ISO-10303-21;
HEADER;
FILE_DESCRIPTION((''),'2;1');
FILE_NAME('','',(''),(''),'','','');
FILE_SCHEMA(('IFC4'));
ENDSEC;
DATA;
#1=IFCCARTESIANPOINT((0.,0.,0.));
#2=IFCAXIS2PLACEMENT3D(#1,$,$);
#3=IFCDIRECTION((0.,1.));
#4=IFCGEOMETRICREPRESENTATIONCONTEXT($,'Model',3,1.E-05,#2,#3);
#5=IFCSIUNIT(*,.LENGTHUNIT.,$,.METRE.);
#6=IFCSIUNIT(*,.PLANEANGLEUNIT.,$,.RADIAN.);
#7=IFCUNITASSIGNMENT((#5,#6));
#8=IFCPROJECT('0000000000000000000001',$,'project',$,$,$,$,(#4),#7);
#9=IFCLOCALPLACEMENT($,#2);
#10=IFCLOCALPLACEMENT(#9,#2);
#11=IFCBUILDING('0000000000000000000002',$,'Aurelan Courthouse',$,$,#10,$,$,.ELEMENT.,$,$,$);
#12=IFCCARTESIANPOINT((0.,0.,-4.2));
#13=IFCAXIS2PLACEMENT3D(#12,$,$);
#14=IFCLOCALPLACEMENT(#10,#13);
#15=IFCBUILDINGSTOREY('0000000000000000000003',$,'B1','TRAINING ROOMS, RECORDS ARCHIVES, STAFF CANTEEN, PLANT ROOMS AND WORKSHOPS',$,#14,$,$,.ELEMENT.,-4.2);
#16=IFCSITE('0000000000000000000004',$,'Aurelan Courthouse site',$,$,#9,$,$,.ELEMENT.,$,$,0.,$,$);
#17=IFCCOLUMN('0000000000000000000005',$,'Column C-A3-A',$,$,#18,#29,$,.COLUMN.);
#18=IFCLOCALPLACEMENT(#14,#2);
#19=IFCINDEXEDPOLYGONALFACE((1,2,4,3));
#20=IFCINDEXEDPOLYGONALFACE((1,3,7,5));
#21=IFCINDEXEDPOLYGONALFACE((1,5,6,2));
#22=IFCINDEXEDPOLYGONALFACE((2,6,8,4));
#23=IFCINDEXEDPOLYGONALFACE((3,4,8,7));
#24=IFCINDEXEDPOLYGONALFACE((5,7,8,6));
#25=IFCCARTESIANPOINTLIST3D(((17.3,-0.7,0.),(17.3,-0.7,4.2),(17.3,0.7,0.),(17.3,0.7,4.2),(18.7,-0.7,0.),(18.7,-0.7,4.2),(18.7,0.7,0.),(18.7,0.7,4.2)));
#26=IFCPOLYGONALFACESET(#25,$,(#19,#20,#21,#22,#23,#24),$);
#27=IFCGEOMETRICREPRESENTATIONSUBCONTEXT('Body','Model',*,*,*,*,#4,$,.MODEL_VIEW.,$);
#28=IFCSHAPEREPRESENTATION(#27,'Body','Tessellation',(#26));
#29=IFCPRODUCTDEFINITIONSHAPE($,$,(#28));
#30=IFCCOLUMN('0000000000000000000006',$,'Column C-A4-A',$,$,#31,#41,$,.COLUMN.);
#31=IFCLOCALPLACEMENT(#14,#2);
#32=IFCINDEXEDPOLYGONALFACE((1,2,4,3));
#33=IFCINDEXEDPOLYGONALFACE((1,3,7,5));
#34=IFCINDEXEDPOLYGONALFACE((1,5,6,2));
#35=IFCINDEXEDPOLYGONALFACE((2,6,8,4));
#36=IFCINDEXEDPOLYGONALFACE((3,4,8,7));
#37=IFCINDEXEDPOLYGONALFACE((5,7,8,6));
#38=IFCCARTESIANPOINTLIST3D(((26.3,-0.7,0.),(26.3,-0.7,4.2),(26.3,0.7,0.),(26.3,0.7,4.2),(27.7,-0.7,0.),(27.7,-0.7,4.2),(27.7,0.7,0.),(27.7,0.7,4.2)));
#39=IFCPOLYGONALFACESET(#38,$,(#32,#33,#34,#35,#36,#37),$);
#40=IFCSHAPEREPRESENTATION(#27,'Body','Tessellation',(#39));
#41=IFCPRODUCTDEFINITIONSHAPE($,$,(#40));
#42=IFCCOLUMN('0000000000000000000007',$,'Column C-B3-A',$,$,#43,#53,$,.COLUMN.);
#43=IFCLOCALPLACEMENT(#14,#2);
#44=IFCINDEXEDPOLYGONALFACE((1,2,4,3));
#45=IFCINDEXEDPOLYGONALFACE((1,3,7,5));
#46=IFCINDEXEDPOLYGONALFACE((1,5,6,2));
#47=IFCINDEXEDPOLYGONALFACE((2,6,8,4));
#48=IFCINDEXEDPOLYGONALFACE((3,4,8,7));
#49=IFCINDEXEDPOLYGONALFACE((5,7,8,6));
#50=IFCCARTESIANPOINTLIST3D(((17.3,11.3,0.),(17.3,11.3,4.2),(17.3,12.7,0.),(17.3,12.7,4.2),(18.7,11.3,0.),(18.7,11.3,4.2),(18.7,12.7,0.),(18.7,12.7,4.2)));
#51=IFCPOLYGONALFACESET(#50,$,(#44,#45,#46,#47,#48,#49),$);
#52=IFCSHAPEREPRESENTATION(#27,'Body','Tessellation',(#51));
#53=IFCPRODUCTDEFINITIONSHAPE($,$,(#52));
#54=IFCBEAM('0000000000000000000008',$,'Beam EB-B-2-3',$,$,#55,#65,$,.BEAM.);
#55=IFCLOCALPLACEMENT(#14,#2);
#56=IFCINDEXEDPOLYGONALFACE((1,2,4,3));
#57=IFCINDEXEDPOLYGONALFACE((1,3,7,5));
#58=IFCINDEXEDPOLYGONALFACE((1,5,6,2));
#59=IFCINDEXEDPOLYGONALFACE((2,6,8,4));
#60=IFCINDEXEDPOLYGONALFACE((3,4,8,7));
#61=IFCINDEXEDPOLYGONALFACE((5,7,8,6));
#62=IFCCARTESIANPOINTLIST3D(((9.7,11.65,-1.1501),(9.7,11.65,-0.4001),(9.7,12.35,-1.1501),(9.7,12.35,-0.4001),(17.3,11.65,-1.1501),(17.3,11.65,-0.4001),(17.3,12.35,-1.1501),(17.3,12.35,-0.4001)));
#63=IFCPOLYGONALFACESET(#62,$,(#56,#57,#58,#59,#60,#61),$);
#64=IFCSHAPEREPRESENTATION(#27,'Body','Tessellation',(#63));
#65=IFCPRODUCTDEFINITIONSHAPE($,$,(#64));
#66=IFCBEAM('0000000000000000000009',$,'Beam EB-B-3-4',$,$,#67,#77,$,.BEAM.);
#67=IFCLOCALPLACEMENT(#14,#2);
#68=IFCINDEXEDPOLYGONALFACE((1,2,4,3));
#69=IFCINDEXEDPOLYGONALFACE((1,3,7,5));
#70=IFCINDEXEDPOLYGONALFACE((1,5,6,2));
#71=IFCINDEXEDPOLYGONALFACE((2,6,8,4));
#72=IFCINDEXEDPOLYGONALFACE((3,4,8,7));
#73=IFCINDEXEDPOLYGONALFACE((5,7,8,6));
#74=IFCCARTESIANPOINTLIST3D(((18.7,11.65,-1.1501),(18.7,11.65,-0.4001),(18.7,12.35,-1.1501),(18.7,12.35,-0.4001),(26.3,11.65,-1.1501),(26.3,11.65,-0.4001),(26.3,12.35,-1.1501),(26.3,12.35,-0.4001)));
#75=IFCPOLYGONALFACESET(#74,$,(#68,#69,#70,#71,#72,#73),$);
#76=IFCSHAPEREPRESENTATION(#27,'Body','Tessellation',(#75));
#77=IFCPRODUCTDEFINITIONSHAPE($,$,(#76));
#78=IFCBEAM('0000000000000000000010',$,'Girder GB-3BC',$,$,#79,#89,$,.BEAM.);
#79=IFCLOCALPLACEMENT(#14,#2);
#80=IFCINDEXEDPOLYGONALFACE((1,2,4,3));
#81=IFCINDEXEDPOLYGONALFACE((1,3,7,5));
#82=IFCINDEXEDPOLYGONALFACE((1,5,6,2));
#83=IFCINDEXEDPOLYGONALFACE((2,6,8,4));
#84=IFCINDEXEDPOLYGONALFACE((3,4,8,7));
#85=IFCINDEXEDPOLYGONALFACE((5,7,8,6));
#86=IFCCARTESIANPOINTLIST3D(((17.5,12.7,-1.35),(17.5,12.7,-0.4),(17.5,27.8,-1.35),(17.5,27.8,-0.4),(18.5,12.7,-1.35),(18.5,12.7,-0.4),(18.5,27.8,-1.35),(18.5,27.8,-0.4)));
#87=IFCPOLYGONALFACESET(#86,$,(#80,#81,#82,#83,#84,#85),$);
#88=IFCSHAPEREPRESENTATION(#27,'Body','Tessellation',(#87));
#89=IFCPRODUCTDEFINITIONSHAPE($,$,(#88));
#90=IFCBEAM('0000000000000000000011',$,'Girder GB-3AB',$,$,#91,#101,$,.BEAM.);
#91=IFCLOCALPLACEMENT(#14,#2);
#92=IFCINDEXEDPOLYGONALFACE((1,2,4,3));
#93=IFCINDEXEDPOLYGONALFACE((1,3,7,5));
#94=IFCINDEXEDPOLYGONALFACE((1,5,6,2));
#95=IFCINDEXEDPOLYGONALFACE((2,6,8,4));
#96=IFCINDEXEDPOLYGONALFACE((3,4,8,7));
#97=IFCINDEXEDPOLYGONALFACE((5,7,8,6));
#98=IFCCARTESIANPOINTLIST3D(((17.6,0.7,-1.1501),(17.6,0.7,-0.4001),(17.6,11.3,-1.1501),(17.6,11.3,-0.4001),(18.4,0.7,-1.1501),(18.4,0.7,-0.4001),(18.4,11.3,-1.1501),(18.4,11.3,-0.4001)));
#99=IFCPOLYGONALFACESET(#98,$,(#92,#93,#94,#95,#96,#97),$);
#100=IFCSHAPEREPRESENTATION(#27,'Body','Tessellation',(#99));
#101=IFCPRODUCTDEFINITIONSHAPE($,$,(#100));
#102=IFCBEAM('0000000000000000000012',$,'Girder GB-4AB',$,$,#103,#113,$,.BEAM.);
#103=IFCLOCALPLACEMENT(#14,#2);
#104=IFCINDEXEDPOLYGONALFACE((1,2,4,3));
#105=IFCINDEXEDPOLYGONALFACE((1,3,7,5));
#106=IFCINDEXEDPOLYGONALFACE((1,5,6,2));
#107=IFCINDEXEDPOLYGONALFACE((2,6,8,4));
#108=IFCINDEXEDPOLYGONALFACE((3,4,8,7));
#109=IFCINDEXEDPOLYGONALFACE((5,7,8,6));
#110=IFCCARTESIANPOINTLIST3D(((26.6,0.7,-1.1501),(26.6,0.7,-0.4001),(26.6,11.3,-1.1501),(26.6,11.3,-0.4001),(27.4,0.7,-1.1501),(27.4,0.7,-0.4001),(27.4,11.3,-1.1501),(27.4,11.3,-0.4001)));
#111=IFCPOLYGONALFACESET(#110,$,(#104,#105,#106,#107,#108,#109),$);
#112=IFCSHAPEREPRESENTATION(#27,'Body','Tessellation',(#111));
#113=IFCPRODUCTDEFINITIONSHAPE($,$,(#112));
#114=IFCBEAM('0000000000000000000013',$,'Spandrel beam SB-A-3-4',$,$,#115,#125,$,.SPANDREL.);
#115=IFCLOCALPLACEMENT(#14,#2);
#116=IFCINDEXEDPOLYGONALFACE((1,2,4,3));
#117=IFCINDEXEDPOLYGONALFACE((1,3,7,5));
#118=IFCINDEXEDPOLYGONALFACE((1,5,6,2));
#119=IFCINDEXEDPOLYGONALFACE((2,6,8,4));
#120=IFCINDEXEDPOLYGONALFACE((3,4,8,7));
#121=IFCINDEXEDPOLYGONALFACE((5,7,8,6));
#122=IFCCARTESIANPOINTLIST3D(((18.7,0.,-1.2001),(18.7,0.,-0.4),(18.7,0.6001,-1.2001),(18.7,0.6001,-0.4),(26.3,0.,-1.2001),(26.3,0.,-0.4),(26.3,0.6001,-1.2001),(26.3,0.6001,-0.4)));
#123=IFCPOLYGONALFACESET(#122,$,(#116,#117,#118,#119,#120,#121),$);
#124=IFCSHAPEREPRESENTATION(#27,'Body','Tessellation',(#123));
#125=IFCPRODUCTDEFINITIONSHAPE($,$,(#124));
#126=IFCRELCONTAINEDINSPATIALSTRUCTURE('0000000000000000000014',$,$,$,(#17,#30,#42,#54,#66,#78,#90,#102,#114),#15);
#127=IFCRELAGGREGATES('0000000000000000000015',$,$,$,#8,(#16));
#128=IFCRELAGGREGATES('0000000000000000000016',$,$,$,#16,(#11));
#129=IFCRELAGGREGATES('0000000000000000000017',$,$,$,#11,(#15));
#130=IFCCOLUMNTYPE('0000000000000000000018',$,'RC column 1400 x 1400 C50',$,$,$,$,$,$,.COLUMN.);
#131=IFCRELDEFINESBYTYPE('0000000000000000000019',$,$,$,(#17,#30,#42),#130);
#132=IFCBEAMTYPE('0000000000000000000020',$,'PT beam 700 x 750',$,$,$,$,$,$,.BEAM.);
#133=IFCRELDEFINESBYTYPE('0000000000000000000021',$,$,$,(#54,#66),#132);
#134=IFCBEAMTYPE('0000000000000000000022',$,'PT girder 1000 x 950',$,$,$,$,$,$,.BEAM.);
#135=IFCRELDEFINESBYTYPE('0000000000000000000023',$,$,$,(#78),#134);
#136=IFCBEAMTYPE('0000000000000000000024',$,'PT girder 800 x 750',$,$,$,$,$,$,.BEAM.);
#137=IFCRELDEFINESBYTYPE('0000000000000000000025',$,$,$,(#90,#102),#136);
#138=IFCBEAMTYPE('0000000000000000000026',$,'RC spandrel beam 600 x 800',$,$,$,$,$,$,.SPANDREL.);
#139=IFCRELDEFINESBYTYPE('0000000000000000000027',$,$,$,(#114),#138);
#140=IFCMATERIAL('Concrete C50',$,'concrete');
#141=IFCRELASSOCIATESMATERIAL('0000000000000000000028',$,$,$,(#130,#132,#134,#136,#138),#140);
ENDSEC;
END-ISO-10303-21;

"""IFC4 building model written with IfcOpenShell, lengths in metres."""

from ifc_helpers import new_model, si_unit, direction, frame, origin, origin_2d, place, context, subcontext, project, spatial, rectangle, extrude, material, material_profile, profile_set, type_object, element, save


model = new_model("IFC4")

# Units and contexts
model_context = context("Model", 3, precision=1e-05, world=origin(), true_north=direction((0.0, 1.0)))
body_context = subcontext(model_context, "Body", "Model", "MODEL_VIEW")
ifc_project = project(units=[si_unit("LENGTHUNIT", "METRE"), si_unit("PLANEANGLEUNIT", "RADIAN")], contexts=[model_context])

# Site, building, storey
site_placement = place(None, origin())
site = spatial("IfcSite", under=ifc_project, at=site_placement, Name="Aurelan Courthouse site", CompositionType="ELEMENT", RefElevation=0.0)
building_placement = place(site_placement, origin())
building = spatial("IfcBuilding", under=site, at=building_placement, Name="Aurelan Courthouse", CompositionType="ELEMENT")
storey_placement = place(building_placement, frame((0.0, 0.0, -4.2)))
storey = spatial("IfcBuildingStorey", under=building, at=storey_placement, Name="B1", Description="TRAINING ROOMS, RECORDS ARCHIVES, STAFF CANTEEN, PLANT ROOMS AND WORKSHOPS", CompositionType="ELEMENT", Elevation=-4.2)

# Columns
ifc_material_1 = material(Name="Concrete C50", Category="concrete")
ifc_material_profile_1 = material_profile(ifc_material_1, rectangle(XDim=1.3999, YDim=1.3999, at=origin_2d()), Name="RC 1400 x 1400")
ifc_profile_set_1 = profile_set([ifc_material_profile_1], Name="Concrete C50")
column_type = type_object("IfcColumnType", Name="RC column 1400 x 1400 C50", PredefinedType="COLUMN", material=ifc_profile_set_1)
for number, where, z_axis, x_axis, name in (
    (1, (18.0, 0.0, 0.0), (0.0, 0.0, 1.0), (1.0, 0.0, 0.0), "Column C-A3-A"),
    (2, (27.0, 0.0, 0.0), (0.0, 0.0, 1.0), (1.0, 0.0, 0.0), "Column C-A4-A"),
    (3, (18.0, 12.0, 0.0), (0.0, 0.0, 1.0), (1.0, 0.0, 0.0), "Column C-B3-A"),
):
    element("IfcColumn", number, at=place(storey_placement, frame(where, z_axis=z_axis, x_axis=x_axis)), inside=storey, type_object=column_type, Name=name, PredefinedType="COLUMN", context=body_context, shape_type="SweptSolid", body=[
        extrude(rectangle(XDim=1.3999, YDim=1.3999, at=origin_2d()), origin(), (0.0, 0.0, 1.0), 4.2),
    ])

# Beams
ifc_material_profile_2 = material_profile(ifc_material_1, rectangle(XDim=0.7, YDim=0.75, at=origin_2d()), Name="RC 700 x 750")
ifc_profile_set_2 = profile_set([ifc_material_profile_2], Name="Concrete C50")
beam_type_1 = type_object("IfcBeamType", Name="PT beam 700 x 750", PredefinedType="BEAM", material=ifc_profile_set_2)
for number, where, z_axis, x_axis, name in (
    (4, (9.7, 12.0, -0.7751), (1.0, 0.0, 0.0), (0.0, 1.0, 0.0), "Beam EB-B-2-3"),
    (5, (18.7, 12.0, -0.7751), (1.0, 0.0, 0.0), (0.0, 1.0, 0.0), "Beam EB-B-3-4"),
):
    element("IfcBeam", number, at=place(storey_placement, frame(where, z_axis=z_axis, x_axis=x_axis)), inside=storey, type_object=beam_type_1, Name=name, PredefinedType="BEAM", context=body_context, shape_type="SweptSolid", body=[
        extrude(rectangle(XDim=0.7, YDim=0.75, at=origin_2d()), origin(), (0.0, 0.0, 1.0), 7.6001),
    ])
ifc_material_profile_3 = material_profile(ifc_material_1, rectangle(XDim=1.0, YDim=0.95, at=origin_2d()), Name="RC 1000 x 950")
ifc_profile_set_3 = profile_set([ifc_material_profile_3], Name="Concrete C50")
beam_type_2 = type_object("IfcBeamType", Name="PT girder 1000 x 950", PredefinedType="BEAM", material=ifc_profile_set_3)
beam_1_placement = place(storey_placement, frame((18.0, 12.7, -0.875), z_axis=(0.0, 1.0, 0.0), x_axis=(-1.0, 0.0, 0.0)))
element("IfcBeam", 6, at=beam_1_placement, inside=storey, type_object=beam_type_2, Name="Girder GB-3BC", PredefinedType="BEAM", context=body_context, shape_type="SweptSolid", body=[
    extrude(rectangle(XDim=1.0, YDim=0.95, at=origin_2d()), origin(), (0.0, 0.0, 1.0), 15.1001),
])
ifc_material_profile_4 = material_profile(ifc_material_1, rectangle(XDim=0.8, YDim=0.75, at=origin_2d()), Name="RC 800 x 750")
ifc_profile_set_4 = profile_set([ifc_material_profile_4], Name="Concrete C50")
beam_type_3 = type_object("IfcBeamType", Name="PT girder 800 x 750", PredefinedType="BEAM", material=ifc_profile_set_4)
for number, where, z_axis, x_axis, name in (
    (7, (18.0, 0.7, -0.7751), (0.0, 1.0, 0.0), (-1.0, 0.0, 0.0), "Girder GB-3AB"),
    (8, (27.0, 0.7, -0.7751), (0.0, 1.0, 0.0), (-1.0, 0.0, 0.0), "Girder GB-4AB"),
):
    element("IfcBeam", number, at=place(storey_placement, frame(where, z_axis=z_axis, x_axis=x_axis)), inside=storey, type_object=beam_type_3, Name=name, PredefinedType="BEAM", context=body_context, shape_type="SweptSolid", body=[
        extrude(rectangle(XDim=0.8, YDim=0.75, at=origin_2d()), origin(), (0.0, 0.0, 1.0), 10.6001),
    ])
ifc_material_profile_5 = material_profile(ifc_material_1, rectangle(XDim=0.6001, YDim=0.8, at=origin_2d()), Name="RC 600 x 800")
ifc_profile_set_5 = profile_set([ifc_material_profile_5], Name="Concrete C50")
beam_type_4 = type_object("IfcBeamType", Name="RC spandrel beam 600 x 800", PredefinedType="SPANDREL", material=ifc_profile_set_5)
beam_2_placement = place(storey_placement, frame((18.7, 0.3, -0.8), z_axis=(1.0, 0.0, 0.0), x_axis=(0.0, 1.0, 0.0)))
element("IfcBeam", 9, at=beam_2_placement, inside=storey, type_object=beam_type_4, Name="Spandrel beam SB-A-3-4", PredefinedType="SPANDREL", context=body_context, shape_type="SweptSolid", body=[
    extrude(rectangle(XDim=0.6001, YDim=0.8, at=origin_2d()), origin(), (0.0, 0.0, 1.0), 7.6001),
])

save(model, "model.ifc")
